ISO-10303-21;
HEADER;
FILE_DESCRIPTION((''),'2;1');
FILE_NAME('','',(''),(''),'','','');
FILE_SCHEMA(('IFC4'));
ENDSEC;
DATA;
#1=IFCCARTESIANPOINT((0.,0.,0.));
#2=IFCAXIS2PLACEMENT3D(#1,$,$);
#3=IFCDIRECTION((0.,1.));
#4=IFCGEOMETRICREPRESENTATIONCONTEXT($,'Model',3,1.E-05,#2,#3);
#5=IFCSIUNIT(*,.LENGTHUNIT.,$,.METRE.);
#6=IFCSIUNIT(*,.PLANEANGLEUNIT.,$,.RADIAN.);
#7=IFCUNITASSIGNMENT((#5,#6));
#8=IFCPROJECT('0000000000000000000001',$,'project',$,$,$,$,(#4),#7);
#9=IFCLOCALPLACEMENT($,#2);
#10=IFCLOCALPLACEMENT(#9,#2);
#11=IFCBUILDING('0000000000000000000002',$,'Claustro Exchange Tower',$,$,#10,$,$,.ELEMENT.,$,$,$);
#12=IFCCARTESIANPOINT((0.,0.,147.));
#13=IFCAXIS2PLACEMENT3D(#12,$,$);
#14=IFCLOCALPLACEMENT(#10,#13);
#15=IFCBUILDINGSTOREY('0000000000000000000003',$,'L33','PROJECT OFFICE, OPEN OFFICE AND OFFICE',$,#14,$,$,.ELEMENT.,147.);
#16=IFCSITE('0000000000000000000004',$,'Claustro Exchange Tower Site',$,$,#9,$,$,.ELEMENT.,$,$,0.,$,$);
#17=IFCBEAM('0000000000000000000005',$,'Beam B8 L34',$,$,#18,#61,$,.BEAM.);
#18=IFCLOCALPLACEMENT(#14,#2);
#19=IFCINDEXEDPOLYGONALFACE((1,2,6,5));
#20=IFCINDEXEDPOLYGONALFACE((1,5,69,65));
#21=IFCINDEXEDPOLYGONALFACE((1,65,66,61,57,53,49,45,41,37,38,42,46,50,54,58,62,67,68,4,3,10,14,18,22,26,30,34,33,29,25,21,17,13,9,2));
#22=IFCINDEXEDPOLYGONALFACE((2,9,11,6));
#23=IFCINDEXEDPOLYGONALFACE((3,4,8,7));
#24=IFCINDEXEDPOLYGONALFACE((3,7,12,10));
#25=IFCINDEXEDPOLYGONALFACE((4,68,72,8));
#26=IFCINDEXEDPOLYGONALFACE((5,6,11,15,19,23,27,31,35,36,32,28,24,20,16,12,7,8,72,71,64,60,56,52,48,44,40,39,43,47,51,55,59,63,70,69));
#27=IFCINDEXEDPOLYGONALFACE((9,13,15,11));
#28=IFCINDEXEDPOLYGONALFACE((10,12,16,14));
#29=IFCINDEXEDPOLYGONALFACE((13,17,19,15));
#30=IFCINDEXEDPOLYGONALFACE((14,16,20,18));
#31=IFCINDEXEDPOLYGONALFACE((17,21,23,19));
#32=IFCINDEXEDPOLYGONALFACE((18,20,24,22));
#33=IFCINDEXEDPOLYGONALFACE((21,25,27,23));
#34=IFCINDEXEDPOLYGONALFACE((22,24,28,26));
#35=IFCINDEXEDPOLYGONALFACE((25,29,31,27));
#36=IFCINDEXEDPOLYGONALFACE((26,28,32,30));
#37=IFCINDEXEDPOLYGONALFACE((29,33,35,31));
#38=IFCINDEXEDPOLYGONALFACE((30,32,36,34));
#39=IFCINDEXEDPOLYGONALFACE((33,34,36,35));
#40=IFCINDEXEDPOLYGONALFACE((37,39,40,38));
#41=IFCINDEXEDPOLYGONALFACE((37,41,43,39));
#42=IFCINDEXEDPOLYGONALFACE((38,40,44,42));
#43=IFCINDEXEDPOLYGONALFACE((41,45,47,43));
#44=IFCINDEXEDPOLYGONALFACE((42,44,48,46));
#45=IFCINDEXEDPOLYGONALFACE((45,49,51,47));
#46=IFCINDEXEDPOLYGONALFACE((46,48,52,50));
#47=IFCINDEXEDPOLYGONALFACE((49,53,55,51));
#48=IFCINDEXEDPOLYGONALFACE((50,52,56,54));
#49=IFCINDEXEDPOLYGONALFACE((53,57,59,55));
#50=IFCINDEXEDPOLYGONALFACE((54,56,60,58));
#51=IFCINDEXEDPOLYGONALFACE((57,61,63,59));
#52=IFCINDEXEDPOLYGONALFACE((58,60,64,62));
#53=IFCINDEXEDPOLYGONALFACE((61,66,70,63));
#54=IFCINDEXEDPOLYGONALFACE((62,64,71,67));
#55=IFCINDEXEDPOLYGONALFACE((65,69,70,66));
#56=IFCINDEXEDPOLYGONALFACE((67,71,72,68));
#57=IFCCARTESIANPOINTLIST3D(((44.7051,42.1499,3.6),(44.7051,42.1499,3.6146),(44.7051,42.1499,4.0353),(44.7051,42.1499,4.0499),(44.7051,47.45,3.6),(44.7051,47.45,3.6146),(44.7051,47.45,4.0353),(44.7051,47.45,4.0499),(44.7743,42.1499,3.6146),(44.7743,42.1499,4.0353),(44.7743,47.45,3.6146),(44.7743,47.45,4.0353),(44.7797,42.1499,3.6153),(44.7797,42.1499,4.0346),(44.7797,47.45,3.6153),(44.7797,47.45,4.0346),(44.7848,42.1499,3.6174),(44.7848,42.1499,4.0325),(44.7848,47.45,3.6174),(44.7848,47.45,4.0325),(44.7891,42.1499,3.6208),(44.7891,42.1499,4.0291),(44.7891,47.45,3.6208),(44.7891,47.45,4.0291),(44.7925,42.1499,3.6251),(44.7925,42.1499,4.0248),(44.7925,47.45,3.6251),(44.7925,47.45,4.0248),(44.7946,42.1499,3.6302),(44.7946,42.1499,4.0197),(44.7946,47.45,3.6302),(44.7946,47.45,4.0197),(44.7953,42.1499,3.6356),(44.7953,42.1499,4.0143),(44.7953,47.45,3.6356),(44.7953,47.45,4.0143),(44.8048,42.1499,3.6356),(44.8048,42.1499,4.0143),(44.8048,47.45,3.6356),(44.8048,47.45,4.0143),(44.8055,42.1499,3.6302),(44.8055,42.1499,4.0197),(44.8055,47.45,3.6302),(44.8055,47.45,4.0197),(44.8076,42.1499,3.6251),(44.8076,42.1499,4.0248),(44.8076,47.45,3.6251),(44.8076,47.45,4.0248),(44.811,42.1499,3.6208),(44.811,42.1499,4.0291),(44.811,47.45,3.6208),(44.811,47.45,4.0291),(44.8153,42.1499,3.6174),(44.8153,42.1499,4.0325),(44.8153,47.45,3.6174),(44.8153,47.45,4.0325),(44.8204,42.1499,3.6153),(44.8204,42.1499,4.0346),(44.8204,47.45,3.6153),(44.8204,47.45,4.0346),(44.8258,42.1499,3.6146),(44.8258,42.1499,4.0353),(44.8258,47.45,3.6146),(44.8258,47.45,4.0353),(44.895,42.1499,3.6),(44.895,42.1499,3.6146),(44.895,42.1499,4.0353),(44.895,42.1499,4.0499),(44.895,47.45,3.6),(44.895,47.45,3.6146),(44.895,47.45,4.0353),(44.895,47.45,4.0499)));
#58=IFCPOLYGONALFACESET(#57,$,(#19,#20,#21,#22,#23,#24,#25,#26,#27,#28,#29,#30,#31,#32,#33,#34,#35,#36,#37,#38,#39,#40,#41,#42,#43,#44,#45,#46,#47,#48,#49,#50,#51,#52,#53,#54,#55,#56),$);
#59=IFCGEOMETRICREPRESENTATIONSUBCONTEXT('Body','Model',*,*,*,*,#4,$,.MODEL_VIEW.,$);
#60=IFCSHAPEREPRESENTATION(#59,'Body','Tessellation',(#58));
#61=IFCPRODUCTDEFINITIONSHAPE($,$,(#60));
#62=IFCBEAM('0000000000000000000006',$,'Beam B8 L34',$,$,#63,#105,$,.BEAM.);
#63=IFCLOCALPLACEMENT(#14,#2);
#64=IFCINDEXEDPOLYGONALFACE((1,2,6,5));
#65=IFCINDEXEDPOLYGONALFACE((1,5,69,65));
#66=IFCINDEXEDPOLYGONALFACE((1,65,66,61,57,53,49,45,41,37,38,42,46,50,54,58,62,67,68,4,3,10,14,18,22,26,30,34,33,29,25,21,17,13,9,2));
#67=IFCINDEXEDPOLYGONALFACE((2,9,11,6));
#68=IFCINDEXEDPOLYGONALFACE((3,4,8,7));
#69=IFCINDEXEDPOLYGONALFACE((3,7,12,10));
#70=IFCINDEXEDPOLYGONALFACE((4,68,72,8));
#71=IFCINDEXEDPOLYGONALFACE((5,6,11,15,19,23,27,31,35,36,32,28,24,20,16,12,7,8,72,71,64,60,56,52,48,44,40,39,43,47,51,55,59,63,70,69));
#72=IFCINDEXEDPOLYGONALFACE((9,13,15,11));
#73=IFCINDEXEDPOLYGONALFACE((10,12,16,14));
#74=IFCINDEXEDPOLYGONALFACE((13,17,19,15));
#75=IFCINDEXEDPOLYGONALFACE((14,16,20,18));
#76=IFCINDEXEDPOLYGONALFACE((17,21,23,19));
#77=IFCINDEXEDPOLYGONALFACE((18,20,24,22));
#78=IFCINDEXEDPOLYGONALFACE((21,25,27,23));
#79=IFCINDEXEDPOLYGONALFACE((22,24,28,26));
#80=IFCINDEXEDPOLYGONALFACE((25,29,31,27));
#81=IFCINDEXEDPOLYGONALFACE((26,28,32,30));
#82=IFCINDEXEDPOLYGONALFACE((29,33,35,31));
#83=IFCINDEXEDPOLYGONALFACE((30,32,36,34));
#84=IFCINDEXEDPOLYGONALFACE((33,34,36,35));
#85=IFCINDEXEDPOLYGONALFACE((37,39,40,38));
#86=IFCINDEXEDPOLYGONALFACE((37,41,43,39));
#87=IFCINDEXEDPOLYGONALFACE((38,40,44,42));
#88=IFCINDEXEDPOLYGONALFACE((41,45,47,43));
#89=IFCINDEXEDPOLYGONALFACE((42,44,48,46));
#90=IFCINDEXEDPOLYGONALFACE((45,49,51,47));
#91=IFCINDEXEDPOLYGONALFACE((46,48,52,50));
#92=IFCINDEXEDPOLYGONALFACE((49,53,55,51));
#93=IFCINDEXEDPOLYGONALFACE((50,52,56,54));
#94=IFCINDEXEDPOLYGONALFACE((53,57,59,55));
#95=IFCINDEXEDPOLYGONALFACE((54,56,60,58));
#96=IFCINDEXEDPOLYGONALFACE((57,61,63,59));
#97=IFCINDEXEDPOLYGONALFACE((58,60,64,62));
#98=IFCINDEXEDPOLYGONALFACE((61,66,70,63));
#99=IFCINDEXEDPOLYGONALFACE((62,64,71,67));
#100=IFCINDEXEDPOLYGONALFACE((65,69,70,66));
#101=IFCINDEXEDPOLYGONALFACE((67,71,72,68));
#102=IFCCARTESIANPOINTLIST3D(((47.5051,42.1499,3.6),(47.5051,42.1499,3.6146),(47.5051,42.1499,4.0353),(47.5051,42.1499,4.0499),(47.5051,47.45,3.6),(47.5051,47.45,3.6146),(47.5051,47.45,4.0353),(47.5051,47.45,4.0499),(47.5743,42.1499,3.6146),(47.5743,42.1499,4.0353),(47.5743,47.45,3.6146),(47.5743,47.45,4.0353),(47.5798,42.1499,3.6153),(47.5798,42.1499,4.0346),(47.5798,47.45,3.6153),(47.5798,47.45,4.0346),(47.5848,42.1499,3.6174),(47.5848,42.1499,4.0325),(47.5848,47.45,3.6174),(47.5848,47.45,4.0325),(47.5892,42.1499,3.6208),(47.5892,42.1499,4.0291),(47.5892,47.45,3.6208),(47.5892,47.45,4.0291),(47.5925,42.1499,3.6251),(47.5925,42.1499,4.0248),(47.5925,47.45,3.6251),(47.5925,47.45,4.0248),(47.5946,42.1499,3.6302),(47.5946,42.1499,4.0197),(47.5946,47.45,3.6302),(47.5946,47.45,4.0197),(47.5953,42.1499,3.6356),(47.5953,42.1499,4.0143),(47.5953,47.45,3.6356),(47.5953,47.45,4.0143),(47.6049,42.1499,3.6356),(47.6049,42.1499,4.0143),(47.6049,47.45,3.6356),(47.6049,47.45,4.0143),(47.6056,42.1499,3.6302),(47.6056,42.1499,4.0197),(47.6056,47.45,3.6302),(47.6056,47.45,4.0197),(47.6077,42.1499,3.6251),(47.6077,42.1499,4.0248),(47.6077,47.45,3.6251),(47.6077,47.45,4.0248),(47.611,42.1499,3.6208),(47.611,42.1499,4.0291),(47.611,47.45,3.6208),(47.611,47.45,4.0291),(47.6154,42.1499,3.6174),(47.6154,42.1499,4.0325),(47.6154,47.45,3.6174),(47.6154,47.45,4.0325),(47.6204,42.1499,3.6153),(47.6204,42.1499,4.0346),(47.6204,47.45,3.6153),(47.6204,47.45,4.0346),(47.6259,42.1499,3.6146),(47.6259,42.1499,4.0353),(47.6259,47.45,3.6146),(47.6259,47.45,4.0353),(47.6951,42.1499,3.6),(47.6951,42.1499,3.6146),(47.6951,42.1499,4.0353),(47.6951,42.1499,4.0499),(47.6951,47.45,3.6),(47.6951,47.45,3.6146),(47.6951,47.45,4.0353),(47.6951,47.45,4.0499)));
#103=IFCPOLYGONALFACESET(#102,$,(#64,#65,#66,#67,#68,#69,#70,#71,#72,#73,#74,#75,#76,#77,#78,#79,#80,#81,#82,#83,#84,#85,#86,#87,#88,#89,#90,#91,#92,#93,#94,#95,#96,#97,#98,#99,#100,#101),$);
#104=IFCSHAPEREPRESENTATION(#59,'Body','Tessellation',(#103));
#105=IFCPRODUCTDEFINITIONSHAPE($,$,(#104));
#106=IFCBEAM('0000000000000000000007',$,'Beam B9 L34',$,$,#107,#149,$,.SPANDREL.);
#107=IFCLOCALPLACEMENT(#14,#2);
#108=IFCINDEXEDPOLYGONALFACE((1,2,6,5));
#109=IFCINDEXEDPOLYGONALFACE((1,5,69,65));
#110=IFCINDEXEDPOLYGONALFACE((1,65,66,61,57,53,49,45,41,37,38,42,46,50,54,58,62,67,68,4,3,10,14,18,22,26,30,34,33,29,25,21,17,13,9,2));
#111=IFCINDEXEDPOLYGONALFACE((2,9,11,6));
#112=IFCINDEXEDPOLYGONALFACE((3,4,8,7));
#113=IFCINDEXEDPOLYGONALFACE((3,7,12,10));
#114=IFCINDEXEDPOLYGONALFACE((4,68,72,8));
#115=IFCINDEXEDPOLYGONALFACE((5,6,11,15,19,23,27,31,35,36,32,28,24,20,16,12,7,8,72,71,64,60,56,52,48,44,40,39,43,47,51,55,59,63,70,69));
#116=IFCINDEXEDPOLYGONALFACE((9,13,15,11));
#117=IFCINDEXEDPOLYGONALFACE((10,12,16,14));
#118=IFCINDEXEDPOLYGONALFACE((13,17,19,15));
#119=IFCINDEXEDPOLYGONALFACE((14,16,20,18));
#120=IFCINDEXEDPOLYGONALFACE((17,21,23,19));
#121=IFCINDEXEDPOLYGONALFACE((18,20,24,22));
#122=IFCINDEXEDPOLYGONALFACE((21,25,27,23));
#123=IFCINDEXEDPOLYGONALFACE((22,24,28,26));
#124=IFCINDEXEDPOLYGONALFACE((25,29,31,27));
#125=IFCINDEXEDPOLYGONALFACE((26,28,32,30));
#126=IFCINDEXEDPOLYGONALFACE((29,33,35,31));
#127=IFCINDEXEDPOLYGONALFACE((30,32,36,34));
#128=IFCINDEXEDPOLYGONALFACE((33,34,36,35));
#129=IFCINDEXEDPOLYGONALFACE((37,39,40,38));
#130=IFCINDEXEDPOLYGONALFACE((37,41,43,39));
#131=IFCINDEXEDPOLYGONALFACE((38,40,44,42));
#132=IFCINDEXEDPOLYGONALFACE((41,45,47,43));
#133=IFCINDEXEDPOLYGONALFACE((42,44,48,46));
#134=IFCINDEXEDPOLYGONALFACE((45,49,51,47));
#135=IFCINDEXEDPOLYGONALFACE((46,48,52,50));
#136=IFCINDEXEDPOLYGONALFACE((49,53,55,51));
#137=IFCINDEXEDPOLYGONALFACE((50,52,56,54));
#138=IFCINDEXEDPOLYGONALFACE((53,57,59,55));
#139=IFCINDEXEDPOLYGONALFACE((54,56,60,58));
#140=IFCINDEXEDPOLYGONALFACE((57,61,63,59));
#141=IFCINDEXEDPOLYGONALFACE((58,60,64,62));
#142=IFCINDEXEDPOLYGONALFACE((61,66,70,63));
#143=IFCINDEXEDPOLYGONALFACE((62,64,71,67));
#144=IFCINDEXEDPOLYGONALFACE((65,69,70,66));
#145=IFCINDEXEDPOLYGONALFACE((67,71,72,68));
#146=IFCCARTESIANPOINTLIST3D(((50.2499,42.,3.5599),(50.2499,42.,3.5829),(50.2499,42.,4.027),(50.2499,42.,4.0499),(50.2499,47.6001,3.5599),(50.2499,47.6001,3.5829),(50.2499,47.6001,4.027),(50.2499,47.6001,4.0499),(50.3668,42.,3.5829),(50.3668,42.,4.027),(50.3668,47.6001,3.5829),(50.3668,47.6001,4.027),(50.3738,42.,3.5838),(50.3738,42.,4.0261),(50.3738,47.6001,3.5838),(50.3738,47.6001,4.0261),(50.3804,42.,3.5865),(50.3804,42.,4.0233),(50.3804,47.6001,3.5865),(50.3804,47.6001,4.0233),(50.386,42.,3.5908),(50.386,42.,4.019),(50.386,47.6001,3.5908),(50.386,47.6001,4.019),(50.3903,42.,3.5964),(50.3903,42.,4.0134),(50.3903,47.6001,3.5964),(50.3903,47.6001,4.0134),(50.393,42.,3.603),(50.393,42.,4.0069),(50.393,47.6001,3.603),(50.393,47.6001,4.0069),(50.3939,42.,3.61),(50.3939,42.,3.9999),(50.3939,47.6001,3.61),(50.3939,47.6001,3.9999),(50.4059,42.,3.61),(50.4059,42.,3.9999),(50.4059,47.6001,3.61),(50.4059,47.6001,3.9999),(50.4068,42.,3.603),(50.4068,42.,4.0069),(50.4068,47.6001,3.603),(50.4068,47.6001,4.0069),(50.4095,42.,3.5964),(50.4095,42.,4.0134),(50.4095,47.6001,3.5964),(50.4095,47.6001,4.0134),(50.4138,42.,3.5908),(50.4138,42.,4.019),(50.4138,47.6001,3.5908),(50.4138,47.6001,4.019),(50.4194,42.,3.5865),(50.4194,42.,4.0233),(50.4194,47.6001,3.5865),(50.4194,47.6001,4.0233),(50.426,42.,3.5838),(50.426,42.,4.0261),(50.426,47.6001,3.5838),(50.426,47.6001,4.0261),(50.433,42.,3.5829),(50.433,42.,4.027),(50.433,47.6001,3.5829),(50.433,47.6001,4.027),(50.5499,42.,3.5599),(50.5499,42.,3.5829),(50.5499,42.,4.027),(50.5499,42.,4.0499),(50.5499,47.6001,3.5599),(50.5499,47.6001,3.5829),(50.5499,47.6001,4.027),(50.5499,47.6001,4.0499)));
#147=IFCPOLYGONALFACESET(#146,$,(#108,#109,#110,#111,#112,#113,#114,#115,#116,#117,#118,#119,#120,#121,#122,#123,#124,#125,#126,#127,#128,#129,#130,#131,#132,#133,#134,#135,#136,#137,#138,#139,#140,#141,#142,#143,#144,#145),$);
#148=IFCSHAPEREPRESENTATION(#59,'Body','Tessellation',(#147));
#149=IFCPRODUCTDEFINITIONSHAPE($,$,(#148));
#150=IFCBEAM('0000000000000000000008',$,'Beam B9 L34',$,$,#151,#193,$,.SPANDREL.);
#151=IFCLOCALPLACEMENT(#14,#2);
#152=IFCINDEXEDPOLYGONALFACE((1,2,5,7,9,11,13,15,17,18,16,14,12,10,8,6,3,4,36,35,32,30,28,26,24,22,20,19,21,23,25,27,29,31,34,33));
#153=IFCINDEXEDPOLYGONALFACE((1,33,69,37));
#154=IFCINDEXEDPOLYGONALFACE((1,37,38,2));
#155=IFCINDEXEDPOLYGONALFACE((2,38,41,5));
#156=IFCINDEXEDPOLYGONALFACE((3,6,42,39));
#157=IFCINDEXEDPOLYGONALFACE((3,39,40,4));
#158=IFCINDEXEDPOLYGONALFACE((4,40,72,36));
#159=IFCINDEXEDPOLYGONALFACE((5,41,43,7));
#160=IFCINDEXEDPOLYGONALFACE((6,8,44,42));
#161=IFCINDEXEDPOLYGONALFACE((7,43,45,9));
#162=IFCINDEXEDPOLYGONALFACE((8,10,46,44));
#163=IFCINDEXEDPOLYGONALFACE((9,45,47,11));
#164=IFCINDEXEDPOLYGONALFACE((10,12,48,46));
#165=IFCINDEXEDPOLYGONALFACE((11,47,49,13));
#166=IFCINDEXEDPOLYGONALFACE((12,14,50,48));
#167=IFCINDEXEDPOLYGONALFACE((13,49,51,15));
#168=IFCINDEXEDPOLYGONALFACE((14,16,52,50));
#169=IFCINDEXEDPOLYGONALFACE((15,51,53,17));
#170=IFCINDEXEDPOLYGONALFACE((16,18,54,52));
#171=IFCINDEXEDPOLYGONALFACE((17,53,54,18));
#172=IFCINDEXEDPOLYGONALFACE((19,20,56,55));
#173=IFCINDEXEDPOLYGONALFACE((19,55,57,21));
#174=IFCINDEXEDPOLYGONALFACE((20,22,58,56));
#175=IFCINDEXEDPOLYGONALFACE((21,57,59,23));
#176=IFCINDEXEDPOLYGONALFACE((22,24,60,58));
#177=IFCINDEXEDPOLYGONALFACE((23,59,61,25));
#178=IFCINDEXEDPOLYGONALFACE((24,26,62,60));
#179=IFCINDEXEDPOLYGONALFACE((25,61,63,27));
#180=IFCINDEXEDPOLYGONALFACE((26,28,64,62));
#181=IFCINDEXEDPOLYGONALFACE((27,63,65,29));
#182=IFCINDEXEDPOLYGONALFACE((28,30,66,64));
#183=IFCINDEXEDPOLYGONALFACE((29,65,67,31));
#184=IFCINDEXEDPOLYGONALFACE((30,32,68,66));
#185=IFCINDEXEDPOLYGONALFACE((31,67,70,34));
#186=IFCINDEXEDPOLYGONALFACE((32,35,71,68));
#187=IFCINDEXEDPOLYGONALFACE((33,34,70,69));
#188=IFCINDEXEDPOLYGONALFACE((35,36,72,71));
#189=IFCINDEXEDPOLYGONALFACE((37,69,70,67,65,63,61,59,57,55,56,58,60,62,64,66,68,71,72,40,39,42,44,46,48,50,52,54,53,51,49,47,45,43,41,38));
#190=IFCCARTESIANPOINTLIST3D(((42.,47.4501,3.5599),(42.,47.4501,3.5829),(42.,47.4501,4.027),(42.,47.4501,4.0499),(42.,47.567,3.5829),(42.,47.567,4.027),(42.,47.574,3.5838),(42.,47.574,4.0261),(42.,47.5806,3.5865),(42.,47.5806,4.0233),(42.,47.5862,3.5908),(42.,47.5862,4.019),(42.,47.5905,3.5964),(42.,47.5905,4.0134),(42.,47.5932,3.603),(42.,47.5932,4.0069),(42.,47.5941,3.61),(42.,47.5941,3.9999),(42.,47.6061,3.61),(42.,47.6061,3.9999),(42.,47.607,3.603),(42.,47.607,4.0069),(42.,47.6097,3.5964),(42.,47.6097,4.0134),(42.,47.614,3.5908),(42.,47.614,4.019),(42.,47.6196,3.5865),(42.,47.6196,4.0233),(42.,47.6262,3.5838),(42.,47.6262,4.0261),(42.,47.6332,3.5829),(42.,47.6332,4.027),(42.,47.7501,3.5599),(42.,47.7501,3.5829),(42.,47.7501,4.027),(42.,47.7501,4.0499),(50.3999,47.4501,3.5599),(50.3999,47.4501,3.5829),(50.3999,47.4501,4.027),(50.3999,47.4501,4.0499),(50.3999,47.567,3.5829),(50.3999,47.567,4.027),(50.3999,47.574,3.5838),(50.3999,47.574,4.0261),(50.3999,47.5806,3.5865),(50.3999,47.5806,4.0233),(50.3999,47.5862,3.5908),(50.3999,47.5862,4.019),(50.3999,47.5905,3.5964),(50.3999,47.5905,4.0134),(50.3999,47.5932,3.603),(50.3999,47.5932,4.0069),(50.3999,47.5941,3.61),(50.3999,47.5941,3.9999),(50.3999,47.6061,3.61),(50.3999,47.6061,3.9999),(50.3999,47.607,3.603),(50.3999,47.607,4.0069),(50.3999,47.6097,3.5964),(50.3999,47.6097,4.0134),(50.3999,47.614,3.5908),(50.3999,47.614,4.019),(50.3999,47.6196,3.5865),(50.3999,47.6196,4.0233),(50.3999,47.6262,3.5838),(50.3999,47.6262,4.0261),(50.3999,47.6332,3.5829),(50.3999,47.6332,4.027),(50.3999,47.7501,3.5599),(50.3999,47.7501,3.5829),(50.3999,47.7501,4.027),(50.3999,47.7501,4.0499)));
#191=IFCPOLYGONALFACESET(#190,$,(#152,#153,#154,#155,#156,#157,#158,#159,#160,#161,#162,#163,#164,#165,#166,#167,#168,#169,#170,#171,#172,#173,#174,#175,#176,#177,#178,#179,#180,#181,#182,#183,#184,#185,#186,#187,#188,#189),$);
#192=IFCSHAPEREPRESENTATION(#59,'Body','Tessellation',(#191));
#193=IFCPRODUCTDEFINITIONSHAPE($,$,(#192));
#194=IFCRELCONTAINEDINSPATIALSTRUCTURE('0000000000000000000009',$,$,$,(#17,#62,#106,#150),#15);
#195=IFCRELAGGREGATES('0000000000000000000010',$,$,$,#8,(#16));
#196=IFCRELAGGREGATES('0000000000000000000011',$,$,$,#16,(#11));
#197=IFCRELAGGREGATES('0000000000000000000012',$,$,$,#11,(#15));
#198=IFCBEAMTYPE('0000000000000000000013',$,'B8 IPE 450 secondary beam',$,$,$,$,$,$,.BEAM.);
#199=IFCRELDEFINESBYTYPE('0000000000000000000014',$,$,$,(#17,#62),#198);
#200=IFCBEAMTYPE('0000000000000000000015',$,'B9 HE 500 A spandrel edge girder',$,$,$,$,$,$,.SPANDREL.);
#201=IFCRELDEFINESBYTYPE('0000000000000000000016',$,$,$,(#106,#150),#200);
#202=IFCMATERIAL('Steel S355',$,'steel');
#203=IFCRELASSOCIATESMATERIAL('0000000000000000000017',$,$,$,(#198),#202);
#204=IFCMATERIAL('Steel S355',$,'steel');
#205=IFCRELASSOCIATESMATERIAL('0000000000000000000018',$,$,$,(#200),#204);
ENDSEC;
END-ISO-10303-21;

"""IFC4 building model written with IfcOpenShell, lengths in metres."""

from ifc_helpers import new_model, si_unit, direction, frame, origin, origin_2d, place, context, subcontext, project, spatial, i_section, extrude, material, material_profile, profile_set, type_object, element, save


model = new_model("IFC4")

# Units and contexts
model_context = context("Model", 3, precision=1e-05, world=origin(), true_north=direction((0.0, 1.0)))
body_context = subcontext(model_context, "Body", "Model", "MODEL_VIEW")
ifc_project = project(units=[si_unit("LENGTHUNIT", "METRE"), si_unit("PLANEANGLEUNIT", "RADIAN")], contexts=[model_context])

# Site, building, storey
site_placement = place(None, origin())
site = spatial("IfcSite", under=ifc_project, at=site_placement, Name="Claustro Exchange Tower Site", CompositionType="ELEMENT", RefElevation=0.0)
building_placement = place(site_placement, origin())
building = spatial("IfcBuilding", under=site, at=building_placement, Name="Claustro Exchange Tower", CompositionType="ELEMENT")
storey_placement = place(building_placement, frame((0.0, 0.0, 147.0)))
storey = spatial("IfcBuildingStorey", under=building, at=storey_placement, Name="L33", Description="PROJECT OFFICE, OPEN OFFICE AND OFFICE", CompositionType="ELEMENT", Elevation=147.0)

# Beams
ifc_material_1 = material(Name="Steel S355", Category="steel")
ifc_material_profile_1 = material_profile(ifc_material_1, i_section(OverallWidth=0.1899, OverallDepth=0.45, WebThickness=0.0095, FlangeThickness=0.0146, FilletRadius=0.021, at=origin_2d()), Name="IPE 450")
ifc_profile_set_1 = profile_set([ifc_material_profile_1], Name="Steel S355")
beam_type_1 = type_object("IfcBeamType", Name="B8 IPE 450 secondary beam", PredefinedType="BEAM", material=ifc_profile_set_1)
for number, where, z_axis, x_axis, name in (
    (1, (44.8, 42.1499, 3.825), (0.0, 1.0, 0.0), (-1.0, 0.0, 0.0), "Beam B8 L34"),
    (2, (47.6001, 42.1499, 3.825), (0.0, 1.0, 0.0), (-1.0, 0.0, 0.0), "Beam B8 L34"),
):
    element("IfcBeam", number, at=place(storey_placement, frame(where, z_axis=z_axis, x_axis=x_axis)), inside=storey, type_object=beam_type_1, Name=name, PredefinedType="BEAM", context=body_context, shape_type="SweptSolid", body=[
        extrude(i_section(OverallWidth=0.1899, OverallDepth=0.45, WebThickness=0.0095, FlangeThickness=0.0146, FilletRadius=0.021, at=origin_2d()), origin(), (0.0, 0.0, 1.0), 5.3),
    ])
ifc_material_2 = material(Name="Steel S355", Category="steel")
ifc_material_profile_2 = material_profile(ifc_material_2, i_section(OverallWidth=0.3, OverallDepth=0.49, WebThickness=0.012, FlangeThickness=0.0229, FilletRadius=0.0271, at=origin_2d()), Name="HE 500 A")
ifc_profile_set_2 = profile_set([ifc_material_profile_2], Name="Steel S355")
beam_type_2 = type_object("IfcBeamType", Name="B9 HE 500 A spandrel edge girder", PredefinedType="SPANDREL", material=ifc_profile_set_2)
beam_1_placement = place(storey_placement, frame((50.3999, 42.0, 3.8049), z_axis=(0.0, 1.0, 0.0), x_axis=(-1.0, 0.0, 0.0)))
element("IfcBeam", 3, at=beam_1_placement, inside=storey, type_object=beam_type_2, Name="Beam B9 L34", PredefinedType="SPANDREL", context=body_context, shape_type="SweptSolid", body=[
    extrude(i_section(OverallWidth=0.3, OverallDepth=0.49, WebThickness=0.012, FlangeThickness=0.0229, FilletRadius=0.0271, at=origin_2d()), origin(), (0.0, 0.0, 1.0), 5.6001),
])
beam_2_placement = place(storey_placement, frame((42.0, 47.6001, 3.8049), z_axis=(1.0, 0.0, 0.0), x_axis=(0.0, 1.0, 0.0)))
element("IfcBeam", 4, at=beam_2_placement, inside=storey, type_object=beam_type_2, Name="Beam B9 L34", PredefinedType="SPANDREL", context=body_context, shape_type="SweptSolid", body=[
    extrude(i_section(OverallWidth=0.3, OverallDepth=0.49, WebThickness=0.012, FlangeThickness=0.0229, FilletRadius=0.0271, at=origin_2d()), origin(), (0.0, 0.0, 1.0), 8.3999),
])

save(model, "model.ifc")
